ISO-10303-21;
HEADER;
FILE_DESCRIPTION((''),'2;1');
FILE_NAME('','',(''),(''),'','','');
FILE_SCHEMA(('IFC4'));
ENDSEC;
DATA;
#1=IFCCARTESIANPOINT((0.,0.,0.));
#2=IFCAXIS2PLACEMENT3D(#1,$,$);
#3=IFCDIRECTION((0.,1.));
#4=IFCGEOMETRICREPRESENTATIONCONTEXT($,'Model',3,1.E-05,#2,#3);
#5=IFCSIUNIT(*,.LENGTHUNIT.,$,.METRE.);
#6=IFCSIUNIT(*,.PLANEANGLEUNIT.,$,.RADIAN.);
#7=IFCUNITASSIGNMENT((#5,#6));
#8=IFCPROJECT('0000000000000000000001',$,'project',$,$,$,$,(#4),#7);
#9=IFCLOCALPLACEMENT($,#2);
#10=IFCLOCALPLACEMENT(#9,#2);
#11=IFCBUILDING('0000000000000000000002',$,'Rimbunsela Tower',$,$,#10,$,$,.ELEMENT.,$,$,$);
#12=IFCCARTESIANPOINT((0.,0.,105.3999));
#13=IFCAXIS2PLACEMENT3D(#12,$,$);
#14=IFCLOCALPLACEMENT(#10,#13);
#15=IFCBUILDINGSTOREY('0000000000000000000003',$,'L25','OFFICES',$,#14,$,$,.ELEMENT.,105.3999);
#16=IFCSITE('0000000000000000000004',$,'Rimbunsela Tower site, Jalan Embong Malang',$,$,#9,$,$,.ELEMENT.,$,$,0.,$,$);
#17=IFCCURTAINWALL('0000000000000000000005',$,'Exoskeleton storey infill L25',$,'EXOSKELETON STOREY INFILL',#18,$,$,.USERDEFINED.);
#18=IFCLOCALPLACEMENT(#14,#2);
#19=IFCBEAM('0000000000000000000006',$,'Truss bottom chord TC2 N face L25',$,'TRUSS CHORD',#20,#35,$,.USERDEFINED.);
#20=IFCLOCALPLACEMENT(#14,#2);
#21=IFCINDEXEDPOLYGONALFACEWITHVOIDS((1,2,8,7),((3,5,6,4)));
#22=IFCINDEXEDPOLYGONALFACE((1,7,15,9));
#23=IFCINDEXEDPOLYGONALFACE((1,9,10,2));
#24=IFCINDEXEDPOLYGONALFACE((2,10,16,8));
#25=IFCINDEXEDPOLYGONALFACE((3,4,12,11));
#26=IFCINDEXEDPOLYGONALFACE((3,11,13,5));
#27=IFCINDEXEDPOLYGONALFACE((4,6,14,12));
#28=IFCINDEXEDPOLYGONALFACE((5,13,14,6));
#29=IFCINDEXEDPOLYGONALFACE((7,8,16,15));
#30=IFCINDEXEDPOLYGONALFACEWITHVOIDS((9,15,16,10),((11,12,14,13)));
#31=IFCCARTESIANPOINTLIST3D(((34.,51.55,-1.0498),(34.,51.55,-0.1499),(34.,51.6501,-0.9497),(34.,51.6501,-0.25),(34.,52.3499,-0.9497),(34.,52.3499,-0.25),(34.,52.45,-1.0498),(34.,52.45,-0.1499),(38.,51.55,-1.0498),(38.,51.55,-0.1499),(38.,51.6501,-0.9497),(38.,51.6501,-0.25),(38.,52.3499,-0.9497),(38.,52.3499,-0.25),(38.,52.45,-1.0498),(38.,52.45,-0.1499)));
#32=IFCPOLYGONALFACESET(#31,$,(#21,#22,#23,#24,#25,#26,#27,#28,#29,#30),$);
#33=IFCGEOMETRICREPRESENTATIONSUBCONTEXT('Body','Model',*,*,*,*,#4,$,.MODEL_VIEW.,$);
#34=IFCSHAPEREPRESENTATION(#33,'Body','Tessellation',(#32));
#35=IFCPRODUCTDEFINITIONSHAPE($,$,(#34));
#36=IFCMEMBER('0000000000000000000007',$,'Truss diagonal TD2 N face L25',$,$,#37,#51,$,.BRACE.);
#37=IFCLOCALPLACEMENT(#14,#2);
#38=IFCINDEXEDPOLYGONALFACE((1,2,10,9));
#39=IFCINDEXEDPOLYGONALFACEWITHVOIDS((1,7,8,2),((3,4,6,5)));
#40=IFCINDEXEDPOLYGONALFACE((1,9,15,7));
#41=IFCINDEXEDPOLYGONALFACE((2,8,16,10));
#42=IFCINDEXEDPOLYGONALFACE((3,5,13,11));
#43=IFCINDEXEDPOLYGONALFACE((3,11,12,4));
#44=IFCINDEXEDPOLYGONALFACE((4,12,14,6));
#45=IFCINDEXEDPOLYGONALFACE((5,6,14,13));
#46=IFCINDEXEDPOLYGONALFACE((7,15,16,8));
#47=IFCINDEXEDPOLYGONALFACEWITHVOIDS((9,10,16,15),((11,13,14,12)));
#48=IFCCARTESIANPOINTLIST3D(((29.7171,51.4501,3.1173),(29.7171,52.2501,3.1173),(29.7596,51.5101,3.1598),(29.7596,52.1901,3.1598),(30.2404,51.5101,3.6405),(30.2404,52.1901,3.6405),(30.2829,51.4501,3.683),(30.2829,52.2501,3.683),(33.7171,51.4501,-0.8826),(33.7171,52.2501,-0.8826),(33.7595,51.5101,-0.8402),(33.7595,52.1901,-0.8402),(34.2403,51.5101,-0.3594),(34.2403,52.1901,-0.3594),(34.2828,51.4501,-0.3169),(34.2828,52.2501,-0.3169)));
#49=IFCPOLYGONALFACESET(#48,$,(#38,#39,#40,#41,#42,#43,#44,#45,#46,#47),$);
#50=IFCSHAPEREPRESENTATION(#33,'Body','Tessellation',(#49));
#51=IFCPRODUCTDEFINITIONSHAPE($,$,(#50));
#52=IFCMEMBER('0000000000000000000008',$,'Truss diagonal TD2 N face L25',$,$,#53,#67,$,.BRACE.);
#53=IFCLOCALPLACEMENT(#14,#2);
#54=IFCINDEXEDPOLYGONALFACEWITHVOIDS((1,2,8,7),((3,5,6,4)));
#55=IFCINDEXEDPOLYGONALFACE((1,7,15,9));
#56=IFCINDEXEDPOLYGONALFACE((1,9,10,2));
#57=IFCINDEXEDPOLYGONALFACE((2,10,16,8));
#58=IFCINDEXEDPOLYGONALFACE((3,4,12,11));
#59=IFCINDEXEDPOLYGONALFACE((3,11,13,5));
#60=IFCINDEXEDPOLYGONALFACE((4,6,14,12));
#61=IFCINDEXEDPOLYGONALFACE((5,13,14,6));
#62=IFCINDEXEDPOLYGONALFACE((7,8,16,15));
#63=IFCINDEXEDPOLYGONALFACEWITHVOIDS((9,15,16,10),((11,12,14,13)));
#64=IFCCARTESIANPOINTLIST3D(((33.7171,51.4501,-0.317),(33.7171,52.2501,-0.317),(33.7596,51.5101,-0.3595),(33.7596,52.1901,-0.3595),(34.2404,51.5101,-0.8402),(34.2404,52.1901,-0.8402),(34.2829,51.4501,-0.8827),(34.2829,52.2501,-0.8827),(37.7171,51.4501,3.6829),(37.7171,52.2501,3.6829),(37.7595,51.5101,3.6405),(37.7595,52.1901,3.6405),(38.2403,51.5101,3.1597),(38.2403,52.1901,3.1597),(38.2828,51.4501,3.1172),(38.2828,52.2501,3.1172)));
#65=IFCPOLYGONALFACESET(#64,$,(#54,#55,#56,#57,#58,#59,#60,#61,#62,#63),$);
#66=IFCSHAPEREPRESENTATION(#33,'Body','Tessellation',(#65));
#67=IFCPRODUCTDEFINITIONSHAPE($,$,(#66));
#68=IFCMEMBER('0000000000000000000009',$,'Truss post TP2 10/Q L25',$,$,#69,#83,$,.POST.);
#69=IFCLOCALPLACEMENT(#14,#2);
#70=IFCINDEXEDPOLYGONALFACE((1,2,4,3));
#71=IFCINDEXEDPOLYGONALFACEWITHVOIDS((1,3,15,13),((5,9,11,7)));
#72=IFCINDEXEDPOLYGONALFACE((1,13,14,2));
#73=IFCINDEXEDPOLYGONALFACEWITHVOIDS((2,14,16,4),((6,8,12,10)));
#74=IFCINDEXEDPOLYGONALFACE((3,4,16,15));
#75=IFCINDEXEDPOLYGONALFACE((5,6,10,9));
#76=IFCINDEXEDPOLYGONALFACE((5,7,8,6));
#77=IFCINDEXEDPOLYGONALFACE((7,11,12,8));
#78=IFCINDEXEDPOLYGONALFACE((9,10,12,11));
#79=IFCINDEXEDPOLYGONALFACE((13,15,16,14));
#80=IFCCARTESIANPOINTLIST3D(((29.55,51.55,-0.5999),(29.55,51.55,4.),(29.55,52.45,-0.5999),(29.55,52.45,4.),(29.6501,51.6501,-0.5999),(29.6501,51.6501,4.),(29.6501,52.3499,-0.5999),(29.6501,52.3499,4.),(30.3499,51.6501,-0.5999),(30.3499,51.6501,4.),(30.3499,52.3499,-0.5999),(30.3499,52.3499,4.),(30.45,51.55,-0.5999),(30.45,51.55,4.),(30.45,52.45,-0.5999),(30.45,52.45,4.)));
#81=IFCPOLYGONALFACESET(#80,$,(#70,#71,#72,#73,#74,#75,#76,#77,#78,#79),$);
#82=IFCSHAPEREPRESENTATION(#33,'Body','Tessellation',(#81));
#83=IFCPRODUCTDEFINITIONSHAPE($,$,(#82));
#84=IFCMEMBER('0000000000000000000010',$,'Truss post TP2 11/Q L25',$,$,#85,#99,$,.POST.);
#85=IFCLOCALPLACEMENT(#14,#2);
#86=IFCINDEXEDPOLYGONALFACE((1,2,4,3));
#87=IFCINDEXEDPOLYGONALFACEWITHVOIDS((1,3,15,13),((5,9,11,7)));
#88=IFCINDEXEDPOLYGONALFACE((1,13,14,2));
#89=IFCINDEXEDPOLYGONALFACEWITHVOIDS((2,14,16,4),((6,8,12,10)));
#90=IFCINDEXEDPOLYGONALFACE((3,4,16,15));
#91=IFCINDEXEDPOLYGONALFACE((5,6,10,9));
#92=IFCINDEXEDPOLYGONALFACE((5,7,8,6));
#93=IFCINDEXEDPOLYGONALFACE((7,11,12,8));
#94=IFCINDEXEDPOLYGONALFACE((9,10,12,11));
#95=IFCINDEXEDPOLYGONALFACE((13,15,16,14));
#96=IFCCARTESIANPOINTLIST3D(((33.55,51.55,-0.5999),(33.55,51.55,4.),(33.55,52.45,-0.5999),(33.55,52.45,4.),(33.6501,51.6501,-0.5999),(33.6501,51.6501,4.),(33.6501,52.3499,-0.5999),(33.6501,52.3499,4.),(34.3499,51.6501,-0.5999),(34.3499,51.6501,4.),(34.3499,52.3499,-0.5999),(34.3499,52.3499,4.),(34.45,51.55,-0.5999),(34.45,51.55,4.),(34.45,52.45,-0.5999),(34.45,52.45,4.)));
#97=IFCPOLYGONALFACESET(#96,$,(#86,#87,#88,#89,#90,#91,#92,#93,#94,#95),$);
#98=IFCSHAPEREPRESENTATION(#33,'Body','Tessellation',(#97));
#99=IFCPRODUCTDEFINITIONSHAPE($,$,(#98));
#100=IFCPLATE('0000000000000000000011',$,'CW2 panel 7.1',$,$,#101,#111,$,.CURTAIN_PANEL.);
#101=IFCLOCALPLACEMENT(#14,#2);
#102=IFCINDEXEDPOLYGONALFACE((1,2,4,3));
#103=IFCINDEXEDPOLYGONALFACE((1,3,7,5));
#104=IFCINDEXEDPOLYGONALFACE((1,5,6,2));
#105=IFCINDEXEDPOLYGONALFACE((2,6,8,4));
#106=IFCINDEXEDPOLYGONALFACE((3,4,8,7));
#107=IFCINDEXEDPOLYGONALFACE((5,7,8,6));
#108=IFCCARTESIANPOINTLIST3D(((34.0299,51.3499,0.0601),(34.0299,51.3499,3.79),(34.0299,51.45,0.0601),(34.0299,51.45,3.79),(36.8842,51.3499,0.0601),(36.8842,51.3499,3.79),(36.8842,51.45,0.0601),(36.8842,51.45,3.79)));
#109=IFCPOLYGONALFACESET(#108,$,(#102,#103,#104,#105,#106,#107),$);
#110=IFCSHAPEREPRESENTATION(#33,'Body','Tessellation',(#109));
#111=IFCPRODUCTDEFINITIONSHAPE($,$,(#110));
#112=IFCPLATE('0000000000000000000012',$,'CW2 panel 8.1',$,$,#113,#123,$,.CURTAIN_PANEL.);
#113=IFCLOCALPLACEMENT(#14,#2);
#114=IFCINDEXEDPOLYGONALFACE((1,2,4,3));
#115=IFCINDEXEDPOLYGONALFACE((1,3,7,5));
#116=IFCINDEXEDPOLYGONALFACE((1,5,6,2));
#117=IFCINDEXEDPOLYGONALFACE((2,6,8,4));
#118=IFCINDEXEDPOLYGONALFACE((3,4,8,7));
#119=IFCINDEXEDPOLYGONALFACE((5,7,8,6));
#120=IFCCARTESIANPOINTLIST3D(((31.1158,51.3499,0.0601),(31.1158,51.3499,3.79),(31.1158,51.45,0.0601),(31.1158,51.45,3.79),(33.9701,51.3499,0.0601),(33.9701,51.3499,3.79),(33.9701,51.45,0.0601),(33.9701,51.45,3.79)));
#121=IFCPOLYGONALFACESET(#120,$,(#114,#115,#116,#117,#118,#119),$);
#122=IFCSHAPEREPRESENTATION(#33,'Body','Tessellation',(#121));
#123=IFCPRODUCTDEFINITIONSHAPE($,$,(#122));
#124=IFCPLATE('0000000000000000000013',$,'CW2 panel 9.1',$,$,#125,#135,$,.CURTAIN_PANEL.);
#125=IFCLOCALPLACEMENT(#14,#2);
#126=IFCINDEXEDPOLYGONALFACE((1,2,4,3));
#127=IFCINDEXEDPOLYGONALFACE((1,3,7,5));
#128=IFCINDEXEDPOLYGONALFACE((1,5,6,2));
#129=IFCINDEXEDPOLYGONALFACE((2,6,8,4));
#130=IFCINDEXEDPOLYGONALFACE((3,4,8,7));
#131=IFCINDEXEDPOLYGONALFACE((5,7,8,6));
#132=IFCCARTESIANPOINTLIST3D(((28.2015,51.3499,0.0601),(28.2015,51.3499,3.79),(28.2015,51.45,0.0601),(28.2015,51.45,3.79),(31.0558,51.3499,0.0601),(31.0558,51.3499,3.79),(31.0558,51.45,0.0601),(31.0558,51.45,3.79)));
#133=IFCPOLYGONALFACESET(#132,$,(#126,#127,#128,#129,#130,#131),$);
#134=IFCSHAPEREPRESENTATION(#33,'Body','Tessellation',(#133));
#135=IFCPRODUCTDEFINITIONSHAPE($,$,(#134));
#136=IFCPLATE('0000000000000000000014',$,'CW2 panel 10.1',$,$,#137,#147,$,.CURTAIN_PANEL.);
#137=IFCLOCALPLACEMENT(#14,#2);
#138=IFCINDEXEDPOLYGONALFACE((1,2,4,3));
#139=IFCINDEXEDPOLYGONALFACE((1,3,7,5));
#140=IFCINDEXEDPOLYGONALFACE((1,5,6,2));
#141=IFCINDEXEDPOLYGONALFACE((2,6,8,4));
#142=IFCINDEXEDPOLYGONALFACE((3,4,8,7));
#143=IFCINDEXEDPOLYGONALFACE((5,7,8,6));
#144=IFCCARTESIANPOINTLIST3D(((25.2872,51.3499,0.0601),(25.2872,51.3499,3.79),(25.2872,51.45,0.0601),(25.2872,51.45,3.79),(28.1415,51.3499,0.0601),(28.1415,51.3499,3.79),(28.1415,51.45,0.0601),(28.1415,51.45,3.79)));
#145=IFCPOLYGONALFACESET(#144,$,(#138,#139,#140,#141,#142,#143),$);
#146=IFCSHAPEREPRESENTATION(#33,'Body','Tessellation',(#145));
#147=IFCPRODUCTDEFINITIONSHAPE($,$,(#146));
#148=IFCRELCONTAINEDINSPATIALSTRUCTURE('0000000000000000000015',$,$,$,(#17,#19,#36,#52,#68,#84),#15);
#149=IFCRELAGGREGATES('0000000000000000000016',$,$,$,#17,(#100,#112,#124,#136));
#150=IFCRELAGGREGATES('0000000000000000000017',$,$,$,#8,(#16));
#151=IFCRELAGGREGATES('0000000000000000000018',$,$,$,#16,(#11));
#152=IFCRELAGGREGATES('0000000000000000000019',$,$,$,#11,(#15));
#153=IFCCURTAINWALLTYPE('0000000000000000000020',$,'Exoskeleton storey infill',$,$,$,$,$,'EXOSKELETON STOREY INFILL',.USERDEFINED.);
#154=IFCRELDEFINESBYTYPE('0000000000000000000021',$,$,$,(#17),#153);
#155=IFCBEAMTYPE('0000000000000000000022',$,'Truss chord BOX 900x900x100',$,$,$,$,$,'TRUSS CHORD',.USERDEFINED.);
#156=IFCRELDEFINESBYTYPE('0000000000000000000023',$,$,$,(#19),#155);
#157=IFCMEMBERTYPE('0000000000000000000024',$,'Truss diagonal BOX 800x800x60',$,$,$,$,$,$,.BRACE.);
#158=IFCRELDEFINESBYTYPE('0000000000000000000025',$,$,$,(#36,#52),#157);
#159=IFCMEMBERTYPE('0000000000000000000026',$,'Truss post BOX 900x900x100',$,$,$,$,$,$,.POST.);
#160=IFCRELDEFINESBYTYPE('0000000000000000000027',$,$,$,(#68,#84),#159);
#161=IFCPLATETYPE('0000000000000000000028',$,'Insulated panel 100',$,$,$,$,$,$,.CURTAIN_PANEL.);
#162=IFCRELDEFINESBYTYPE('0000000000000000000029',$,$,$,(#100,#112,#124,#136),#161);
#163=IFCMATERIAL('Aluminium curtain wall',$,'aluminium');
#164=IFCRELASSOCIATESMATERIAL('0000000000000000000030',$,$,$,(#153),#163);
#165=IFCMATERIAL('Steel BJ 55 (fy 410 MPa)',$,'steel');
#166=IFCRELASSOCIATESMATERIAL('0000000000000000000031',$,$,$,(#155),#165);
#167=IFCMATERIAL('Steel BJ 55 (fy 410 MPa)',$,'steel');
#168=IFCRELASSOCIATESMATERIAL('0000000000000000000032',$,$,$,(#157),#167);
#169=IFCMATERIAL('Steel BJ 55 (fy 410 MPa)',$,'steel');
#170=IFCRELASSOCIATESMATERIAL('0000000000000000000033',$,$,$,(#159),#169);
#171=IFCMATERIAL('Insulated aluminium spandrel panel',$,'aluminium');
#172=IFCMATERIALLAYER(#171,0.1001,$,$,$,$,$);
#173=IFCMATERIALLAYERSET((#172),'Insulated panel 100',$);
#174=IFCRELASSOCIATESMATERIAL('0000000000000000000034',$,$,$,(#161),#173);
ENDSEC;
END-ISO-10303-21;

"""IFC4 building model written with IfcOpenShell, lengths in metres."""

from ifc_helpers import new_model, si_unit, direction, frame, origin, origin_2d, place, context, subcontext, project, spatial, rectangle, hollow_rectangle, extrude, material, layer, layer_set, material_profile, profile_set, type_object, element, aggregate, save


model = new_model("IFC4")

# Units and contexts
model_context = context("Model", 3, precision=1e-05, world=origin(), true_north=direction((0.0, 1.0)))
body_context = subcontext(model_context, "Body", "Model", "MODEL_VIEW")
ifc_project = project(units=[si_unit("LENGTHUNIT", "METRE"), si_unit("PLANEANGLEUNIT", "RADIAN")], contexts=[model_context])

# Site, building, storey
site_placement = place(None, origin())
site = spatial("IfcSite", under=ifc_project, at=site_placement, Name="Rimbunsela Tower site, Jalan Embong Malang", CompositionType="ELEMENT", RefElevation=0.0)
building_placement = place(site_placement, origin())
building = spatial("IfcBuilding", under=site, at=building_placement, Name="Rimbunsela Tower", CompositionType="ELEMENT")
storey_placement = place(building_placement, frame((0.0, 0.0, 105.3999)))
storey = spatial("IfcBuildingStorey", under=building, at=storey_placement, Name="L25", Description="OFFICES", CompositionType="ELEMENT", Elevation=105.3999)

# Curtain wall
ifc_material_1 = material(Name="Aluminium curtain wall", Category="aluminium")
curtain_wall_type = type_object("IfcCurtainWallType", Name="Exoskeleton storey infill", ElementType="EXOSKELETON STOREY INFILL", PredefinedType="USERDEFINED", material=ifc_material_1)
curtain_wall_placement = place(storey_placement, origin())
curtain_wall = element("IfcCurtainWall", 1, at=curtain_wall_placement, inside=storey, type_object=curtain_wall_type, Name="Exoskeleton storey infill L25", ObjectType="EXOSKELETON STOREY INFILL", PredefinedType="USERDEFINED")

# Beam
ifc_material_2 = material(Name="Steel BJ 55 (fy 410 MPa)", Category="steel")
ifc_material_profile_1 = material_profile(ifc_material_2, hollow_rectangle(XDim=0.8999, YDim=0.8999, WallThickness=0.1001, at=origin_2d()), Name="BOX 900x900x100")
ifc_profile_set_1 = profile_set([ifc_material_profile_1], Name="Steel BJ 55 (fy 410 MPa)")
beam_type_1 = type_object("IfcBeamType", Name="Truss chord BOX 900x900x100", ElementType="TRUSS CHORD", PredefinedType="USERDEFINED", material=ifc_profile_set_1)
for number, where, z_axis, x_axis, name in (
    (2, (34.0, 52.0, -0.5999), (1.0, 0.0, 0.0), (0.0, 1.0, 0.0), "Truss bottom chord TC2 N face L25"),
):
    element("IfcBeam", number, at=place(storey_placement, frame(where, z_axis=z_axis, x_axis=x_axis)), inside=storey, type_object=beam_type_1, Name=name, ObjectType="TRUSS CHORD", PredefinedType="USERDEFINED", context=body_context, shape_type="SweptSolid", body=[
        extrude(hollow_rectangle(XDim=0.8999, YDim=0.8999, WallThickness=0.1001, at=origin_2d()), origin(), (0.0, 0.0, 1.0), 4.0),
    ])

# Members
ifc_material_3 = material(Name="Steel BJ 55 (fy 410 MPa)", Category="steel")
ifc_material_profile_2 = material_profile(ifc_material_3, hollow_rectangle(XDim=0.8, YDim=0.8, WallThickness=0.0601, at=origin_2d()), Name="BOX 800x800x60")
ifc_profile_set_2 = profile_set([ifc_material_profile_2], Name="Steel BJ 55 (fy 410 MPa)")
member_type_1 = type_object("IfcMemberType", Name="Truss diagonal BOX 800x800x60", PredefinedType="BRACE", material=ifc_profile_set_2)
for number, where, z_axis, x_axis, name in (
    (3, (30.0, 51.8501, 3.4001), (0.707107, 0.0, -0.707107), (0.0, 1.0, 0.0), "Truss diagonal TD2 N face L25"),
    (4, (34.0, 51.8501, -0.5999), (0.707107, 0.0, 0.707107), (0.0, 1.0, 0.0), "Truss diagonal TD2 N face L25"),
):
    element("IfcMember", number, at=place(storey_placement, frame(where, z_axis=z_axis, x_axis=x_axis)), inside=storey, type_object=member_type_1, Name=name, PredefinedType="BRACE", context=body_context, shape_type="SweptSolid", body=[
        extrude(hollow_rectangle(XDim=0.8, YDim=0.8, WallThickness=0.0601, at=origin_2d()), origin(), (0.0, 0.0, 1.0), 5.6567),
    ])
ifc_material_4 = material(Name="Steel BJ 55 (fy 410 MPa)", Category="steel")
ifc_material_profile_3 = material_profile(ifc_material_4, hollow_rectangle(XDim=0.8999, YDim=0.8999, WallThickness=0.1001, at=origin_2d()), Name="BOX 900x900x100")
ifc_profile_set_3 = profile_set([ifc_material_profile_3], Name="Steel BJ 55 (fy 410 MPa)")
member_type_2 = type_object("IfcMemberType", Name="Truss post BOX 900x900x100", PredefinedType="POST", material=ifc_profile_set_3)
for number, where, z_axis, x_axis, name in (
    (5, (30.0, 52.0, -0.5999), (0.0, 0.0, 1.0), (1.0, 0.0, 0.0), "Truss post TP2 10/Q L25"),
    (6, (34.0, 52.0, -0.5999), (0.0, 0.0, 1.0), (1.0, 0.0, 0.0), "Truss post TP2 11/Q L25"),
):
    element("IfcMember", number, at=place(storey_placement, frame(where, z_axis=z_axis, x_axis=x_axis)), inside=storey, type_object=member_type_2, Name=name, PredefinedType="POST", context=body_context, shape_type="SweptSolid", body=[
        extrude(hollow_rectangle(XDim=0.8999, YDim=0.8999, WallThickness=0.1001, at=origin_2d()), origin(), (0.0, 0.0, 1.0), 4.5999),
    ])

# Plates
ifc_material_5 = material(Name="Insulated aluminium spandrel panel", Category="aluminium")
ifc_layer = layer(ifc_material_5, 0.1001)
ifc_layer_set = layer_set([ifc_layer], Name="Insulated panel 100")
plate_type = type_object("IfcPlateType", Name="Insulated panel 100", PredefinedType="CURTAIN_PANEL", material=ifc_layer_set)
plate_1_placement = place(storey_placement, frame((35.457, 51.3999, 0.0601), z_axis=(0.0, 0.0, 1.0), x_axis=(-1.0, 0.0, 0.0)))
plate_1 = element("IfcPlate", 7, at=plate_1_placement, type_object=plate_type, Name="CW2 panel 7.1", PredefinedType="CURTAIN_PANEL", context=body_context, shape_type="SweptSolid", body=[
    extrude(rectangle(XDim=2.8542, YDim=0.1001, at=origin_2d()), origin(), (0.0, 0.0, 1.0), 3.73),
])
plate_2_placement = place(storey_placement, frame((32.543, 51.3999, 0.0601), z_axis=(0.0, 0.0, 1.0), x_axis=(-1.0, 0.0, 0.0)))
plate_2 = element("IfcPlate", 8, at=plate_2_placement, type_object=plate_type, Name="CW2 panel 8.1", PredefinedType="CURTAIN_PANEL", context=body_context, shape_type="SweptSolid", body=[
    extrude(rectangle(XDim=2.8542, YDim=0.1001, at=origin_2d()), origin(), (0.0, 0.0, 1.0), 3.73),
])
plate_3_placement = place(storey_placement, frame((29.6287, 51.3999, 0.0601), z_axis=(0.0, 0.0, 1.0), x_axis=(-1.0, 0.0, 0.0)))
plate_3 = element("IfcPlate", 9, at=plate_3_placement, type_object=plate_type, Name="CW2 panel 9.1", PredefinedType="CURTAIN_PANEL", context=body_context, shape_type="SweptSolid", body=[
    extrude(rectangle(XDim=2.8542, YDim=0.1001, at=origin_2d()), origin(), (0.0, 0.0, 1.0), 3.73),
])
plate_4_placement = place(storey_placement, frame((26.7144, 51.3999, 0.0601), z_axis=(0.0, 0.0, 1.0), x_axis=(-1.0, 0.0, 0.0)))
plate_4 = element("IfcPlate", 10, at=plate_4_placement, type_object=plate_type, Name="CW2 panel 10.1", PredefinedType="CURTAIN_PANEL", context=body_context, shape_type="SweptSolid", body=[
    extrude(rectangle(XDim=2.8542, YDim=0.1001, at=origin_2d()), origin(), (0.0, 0.0, 1.0), 3.73),
])
aggregate(curtain_wall, [plate_1, plate_2, plate_3, plate_4])

save(model, "model.ifc")
